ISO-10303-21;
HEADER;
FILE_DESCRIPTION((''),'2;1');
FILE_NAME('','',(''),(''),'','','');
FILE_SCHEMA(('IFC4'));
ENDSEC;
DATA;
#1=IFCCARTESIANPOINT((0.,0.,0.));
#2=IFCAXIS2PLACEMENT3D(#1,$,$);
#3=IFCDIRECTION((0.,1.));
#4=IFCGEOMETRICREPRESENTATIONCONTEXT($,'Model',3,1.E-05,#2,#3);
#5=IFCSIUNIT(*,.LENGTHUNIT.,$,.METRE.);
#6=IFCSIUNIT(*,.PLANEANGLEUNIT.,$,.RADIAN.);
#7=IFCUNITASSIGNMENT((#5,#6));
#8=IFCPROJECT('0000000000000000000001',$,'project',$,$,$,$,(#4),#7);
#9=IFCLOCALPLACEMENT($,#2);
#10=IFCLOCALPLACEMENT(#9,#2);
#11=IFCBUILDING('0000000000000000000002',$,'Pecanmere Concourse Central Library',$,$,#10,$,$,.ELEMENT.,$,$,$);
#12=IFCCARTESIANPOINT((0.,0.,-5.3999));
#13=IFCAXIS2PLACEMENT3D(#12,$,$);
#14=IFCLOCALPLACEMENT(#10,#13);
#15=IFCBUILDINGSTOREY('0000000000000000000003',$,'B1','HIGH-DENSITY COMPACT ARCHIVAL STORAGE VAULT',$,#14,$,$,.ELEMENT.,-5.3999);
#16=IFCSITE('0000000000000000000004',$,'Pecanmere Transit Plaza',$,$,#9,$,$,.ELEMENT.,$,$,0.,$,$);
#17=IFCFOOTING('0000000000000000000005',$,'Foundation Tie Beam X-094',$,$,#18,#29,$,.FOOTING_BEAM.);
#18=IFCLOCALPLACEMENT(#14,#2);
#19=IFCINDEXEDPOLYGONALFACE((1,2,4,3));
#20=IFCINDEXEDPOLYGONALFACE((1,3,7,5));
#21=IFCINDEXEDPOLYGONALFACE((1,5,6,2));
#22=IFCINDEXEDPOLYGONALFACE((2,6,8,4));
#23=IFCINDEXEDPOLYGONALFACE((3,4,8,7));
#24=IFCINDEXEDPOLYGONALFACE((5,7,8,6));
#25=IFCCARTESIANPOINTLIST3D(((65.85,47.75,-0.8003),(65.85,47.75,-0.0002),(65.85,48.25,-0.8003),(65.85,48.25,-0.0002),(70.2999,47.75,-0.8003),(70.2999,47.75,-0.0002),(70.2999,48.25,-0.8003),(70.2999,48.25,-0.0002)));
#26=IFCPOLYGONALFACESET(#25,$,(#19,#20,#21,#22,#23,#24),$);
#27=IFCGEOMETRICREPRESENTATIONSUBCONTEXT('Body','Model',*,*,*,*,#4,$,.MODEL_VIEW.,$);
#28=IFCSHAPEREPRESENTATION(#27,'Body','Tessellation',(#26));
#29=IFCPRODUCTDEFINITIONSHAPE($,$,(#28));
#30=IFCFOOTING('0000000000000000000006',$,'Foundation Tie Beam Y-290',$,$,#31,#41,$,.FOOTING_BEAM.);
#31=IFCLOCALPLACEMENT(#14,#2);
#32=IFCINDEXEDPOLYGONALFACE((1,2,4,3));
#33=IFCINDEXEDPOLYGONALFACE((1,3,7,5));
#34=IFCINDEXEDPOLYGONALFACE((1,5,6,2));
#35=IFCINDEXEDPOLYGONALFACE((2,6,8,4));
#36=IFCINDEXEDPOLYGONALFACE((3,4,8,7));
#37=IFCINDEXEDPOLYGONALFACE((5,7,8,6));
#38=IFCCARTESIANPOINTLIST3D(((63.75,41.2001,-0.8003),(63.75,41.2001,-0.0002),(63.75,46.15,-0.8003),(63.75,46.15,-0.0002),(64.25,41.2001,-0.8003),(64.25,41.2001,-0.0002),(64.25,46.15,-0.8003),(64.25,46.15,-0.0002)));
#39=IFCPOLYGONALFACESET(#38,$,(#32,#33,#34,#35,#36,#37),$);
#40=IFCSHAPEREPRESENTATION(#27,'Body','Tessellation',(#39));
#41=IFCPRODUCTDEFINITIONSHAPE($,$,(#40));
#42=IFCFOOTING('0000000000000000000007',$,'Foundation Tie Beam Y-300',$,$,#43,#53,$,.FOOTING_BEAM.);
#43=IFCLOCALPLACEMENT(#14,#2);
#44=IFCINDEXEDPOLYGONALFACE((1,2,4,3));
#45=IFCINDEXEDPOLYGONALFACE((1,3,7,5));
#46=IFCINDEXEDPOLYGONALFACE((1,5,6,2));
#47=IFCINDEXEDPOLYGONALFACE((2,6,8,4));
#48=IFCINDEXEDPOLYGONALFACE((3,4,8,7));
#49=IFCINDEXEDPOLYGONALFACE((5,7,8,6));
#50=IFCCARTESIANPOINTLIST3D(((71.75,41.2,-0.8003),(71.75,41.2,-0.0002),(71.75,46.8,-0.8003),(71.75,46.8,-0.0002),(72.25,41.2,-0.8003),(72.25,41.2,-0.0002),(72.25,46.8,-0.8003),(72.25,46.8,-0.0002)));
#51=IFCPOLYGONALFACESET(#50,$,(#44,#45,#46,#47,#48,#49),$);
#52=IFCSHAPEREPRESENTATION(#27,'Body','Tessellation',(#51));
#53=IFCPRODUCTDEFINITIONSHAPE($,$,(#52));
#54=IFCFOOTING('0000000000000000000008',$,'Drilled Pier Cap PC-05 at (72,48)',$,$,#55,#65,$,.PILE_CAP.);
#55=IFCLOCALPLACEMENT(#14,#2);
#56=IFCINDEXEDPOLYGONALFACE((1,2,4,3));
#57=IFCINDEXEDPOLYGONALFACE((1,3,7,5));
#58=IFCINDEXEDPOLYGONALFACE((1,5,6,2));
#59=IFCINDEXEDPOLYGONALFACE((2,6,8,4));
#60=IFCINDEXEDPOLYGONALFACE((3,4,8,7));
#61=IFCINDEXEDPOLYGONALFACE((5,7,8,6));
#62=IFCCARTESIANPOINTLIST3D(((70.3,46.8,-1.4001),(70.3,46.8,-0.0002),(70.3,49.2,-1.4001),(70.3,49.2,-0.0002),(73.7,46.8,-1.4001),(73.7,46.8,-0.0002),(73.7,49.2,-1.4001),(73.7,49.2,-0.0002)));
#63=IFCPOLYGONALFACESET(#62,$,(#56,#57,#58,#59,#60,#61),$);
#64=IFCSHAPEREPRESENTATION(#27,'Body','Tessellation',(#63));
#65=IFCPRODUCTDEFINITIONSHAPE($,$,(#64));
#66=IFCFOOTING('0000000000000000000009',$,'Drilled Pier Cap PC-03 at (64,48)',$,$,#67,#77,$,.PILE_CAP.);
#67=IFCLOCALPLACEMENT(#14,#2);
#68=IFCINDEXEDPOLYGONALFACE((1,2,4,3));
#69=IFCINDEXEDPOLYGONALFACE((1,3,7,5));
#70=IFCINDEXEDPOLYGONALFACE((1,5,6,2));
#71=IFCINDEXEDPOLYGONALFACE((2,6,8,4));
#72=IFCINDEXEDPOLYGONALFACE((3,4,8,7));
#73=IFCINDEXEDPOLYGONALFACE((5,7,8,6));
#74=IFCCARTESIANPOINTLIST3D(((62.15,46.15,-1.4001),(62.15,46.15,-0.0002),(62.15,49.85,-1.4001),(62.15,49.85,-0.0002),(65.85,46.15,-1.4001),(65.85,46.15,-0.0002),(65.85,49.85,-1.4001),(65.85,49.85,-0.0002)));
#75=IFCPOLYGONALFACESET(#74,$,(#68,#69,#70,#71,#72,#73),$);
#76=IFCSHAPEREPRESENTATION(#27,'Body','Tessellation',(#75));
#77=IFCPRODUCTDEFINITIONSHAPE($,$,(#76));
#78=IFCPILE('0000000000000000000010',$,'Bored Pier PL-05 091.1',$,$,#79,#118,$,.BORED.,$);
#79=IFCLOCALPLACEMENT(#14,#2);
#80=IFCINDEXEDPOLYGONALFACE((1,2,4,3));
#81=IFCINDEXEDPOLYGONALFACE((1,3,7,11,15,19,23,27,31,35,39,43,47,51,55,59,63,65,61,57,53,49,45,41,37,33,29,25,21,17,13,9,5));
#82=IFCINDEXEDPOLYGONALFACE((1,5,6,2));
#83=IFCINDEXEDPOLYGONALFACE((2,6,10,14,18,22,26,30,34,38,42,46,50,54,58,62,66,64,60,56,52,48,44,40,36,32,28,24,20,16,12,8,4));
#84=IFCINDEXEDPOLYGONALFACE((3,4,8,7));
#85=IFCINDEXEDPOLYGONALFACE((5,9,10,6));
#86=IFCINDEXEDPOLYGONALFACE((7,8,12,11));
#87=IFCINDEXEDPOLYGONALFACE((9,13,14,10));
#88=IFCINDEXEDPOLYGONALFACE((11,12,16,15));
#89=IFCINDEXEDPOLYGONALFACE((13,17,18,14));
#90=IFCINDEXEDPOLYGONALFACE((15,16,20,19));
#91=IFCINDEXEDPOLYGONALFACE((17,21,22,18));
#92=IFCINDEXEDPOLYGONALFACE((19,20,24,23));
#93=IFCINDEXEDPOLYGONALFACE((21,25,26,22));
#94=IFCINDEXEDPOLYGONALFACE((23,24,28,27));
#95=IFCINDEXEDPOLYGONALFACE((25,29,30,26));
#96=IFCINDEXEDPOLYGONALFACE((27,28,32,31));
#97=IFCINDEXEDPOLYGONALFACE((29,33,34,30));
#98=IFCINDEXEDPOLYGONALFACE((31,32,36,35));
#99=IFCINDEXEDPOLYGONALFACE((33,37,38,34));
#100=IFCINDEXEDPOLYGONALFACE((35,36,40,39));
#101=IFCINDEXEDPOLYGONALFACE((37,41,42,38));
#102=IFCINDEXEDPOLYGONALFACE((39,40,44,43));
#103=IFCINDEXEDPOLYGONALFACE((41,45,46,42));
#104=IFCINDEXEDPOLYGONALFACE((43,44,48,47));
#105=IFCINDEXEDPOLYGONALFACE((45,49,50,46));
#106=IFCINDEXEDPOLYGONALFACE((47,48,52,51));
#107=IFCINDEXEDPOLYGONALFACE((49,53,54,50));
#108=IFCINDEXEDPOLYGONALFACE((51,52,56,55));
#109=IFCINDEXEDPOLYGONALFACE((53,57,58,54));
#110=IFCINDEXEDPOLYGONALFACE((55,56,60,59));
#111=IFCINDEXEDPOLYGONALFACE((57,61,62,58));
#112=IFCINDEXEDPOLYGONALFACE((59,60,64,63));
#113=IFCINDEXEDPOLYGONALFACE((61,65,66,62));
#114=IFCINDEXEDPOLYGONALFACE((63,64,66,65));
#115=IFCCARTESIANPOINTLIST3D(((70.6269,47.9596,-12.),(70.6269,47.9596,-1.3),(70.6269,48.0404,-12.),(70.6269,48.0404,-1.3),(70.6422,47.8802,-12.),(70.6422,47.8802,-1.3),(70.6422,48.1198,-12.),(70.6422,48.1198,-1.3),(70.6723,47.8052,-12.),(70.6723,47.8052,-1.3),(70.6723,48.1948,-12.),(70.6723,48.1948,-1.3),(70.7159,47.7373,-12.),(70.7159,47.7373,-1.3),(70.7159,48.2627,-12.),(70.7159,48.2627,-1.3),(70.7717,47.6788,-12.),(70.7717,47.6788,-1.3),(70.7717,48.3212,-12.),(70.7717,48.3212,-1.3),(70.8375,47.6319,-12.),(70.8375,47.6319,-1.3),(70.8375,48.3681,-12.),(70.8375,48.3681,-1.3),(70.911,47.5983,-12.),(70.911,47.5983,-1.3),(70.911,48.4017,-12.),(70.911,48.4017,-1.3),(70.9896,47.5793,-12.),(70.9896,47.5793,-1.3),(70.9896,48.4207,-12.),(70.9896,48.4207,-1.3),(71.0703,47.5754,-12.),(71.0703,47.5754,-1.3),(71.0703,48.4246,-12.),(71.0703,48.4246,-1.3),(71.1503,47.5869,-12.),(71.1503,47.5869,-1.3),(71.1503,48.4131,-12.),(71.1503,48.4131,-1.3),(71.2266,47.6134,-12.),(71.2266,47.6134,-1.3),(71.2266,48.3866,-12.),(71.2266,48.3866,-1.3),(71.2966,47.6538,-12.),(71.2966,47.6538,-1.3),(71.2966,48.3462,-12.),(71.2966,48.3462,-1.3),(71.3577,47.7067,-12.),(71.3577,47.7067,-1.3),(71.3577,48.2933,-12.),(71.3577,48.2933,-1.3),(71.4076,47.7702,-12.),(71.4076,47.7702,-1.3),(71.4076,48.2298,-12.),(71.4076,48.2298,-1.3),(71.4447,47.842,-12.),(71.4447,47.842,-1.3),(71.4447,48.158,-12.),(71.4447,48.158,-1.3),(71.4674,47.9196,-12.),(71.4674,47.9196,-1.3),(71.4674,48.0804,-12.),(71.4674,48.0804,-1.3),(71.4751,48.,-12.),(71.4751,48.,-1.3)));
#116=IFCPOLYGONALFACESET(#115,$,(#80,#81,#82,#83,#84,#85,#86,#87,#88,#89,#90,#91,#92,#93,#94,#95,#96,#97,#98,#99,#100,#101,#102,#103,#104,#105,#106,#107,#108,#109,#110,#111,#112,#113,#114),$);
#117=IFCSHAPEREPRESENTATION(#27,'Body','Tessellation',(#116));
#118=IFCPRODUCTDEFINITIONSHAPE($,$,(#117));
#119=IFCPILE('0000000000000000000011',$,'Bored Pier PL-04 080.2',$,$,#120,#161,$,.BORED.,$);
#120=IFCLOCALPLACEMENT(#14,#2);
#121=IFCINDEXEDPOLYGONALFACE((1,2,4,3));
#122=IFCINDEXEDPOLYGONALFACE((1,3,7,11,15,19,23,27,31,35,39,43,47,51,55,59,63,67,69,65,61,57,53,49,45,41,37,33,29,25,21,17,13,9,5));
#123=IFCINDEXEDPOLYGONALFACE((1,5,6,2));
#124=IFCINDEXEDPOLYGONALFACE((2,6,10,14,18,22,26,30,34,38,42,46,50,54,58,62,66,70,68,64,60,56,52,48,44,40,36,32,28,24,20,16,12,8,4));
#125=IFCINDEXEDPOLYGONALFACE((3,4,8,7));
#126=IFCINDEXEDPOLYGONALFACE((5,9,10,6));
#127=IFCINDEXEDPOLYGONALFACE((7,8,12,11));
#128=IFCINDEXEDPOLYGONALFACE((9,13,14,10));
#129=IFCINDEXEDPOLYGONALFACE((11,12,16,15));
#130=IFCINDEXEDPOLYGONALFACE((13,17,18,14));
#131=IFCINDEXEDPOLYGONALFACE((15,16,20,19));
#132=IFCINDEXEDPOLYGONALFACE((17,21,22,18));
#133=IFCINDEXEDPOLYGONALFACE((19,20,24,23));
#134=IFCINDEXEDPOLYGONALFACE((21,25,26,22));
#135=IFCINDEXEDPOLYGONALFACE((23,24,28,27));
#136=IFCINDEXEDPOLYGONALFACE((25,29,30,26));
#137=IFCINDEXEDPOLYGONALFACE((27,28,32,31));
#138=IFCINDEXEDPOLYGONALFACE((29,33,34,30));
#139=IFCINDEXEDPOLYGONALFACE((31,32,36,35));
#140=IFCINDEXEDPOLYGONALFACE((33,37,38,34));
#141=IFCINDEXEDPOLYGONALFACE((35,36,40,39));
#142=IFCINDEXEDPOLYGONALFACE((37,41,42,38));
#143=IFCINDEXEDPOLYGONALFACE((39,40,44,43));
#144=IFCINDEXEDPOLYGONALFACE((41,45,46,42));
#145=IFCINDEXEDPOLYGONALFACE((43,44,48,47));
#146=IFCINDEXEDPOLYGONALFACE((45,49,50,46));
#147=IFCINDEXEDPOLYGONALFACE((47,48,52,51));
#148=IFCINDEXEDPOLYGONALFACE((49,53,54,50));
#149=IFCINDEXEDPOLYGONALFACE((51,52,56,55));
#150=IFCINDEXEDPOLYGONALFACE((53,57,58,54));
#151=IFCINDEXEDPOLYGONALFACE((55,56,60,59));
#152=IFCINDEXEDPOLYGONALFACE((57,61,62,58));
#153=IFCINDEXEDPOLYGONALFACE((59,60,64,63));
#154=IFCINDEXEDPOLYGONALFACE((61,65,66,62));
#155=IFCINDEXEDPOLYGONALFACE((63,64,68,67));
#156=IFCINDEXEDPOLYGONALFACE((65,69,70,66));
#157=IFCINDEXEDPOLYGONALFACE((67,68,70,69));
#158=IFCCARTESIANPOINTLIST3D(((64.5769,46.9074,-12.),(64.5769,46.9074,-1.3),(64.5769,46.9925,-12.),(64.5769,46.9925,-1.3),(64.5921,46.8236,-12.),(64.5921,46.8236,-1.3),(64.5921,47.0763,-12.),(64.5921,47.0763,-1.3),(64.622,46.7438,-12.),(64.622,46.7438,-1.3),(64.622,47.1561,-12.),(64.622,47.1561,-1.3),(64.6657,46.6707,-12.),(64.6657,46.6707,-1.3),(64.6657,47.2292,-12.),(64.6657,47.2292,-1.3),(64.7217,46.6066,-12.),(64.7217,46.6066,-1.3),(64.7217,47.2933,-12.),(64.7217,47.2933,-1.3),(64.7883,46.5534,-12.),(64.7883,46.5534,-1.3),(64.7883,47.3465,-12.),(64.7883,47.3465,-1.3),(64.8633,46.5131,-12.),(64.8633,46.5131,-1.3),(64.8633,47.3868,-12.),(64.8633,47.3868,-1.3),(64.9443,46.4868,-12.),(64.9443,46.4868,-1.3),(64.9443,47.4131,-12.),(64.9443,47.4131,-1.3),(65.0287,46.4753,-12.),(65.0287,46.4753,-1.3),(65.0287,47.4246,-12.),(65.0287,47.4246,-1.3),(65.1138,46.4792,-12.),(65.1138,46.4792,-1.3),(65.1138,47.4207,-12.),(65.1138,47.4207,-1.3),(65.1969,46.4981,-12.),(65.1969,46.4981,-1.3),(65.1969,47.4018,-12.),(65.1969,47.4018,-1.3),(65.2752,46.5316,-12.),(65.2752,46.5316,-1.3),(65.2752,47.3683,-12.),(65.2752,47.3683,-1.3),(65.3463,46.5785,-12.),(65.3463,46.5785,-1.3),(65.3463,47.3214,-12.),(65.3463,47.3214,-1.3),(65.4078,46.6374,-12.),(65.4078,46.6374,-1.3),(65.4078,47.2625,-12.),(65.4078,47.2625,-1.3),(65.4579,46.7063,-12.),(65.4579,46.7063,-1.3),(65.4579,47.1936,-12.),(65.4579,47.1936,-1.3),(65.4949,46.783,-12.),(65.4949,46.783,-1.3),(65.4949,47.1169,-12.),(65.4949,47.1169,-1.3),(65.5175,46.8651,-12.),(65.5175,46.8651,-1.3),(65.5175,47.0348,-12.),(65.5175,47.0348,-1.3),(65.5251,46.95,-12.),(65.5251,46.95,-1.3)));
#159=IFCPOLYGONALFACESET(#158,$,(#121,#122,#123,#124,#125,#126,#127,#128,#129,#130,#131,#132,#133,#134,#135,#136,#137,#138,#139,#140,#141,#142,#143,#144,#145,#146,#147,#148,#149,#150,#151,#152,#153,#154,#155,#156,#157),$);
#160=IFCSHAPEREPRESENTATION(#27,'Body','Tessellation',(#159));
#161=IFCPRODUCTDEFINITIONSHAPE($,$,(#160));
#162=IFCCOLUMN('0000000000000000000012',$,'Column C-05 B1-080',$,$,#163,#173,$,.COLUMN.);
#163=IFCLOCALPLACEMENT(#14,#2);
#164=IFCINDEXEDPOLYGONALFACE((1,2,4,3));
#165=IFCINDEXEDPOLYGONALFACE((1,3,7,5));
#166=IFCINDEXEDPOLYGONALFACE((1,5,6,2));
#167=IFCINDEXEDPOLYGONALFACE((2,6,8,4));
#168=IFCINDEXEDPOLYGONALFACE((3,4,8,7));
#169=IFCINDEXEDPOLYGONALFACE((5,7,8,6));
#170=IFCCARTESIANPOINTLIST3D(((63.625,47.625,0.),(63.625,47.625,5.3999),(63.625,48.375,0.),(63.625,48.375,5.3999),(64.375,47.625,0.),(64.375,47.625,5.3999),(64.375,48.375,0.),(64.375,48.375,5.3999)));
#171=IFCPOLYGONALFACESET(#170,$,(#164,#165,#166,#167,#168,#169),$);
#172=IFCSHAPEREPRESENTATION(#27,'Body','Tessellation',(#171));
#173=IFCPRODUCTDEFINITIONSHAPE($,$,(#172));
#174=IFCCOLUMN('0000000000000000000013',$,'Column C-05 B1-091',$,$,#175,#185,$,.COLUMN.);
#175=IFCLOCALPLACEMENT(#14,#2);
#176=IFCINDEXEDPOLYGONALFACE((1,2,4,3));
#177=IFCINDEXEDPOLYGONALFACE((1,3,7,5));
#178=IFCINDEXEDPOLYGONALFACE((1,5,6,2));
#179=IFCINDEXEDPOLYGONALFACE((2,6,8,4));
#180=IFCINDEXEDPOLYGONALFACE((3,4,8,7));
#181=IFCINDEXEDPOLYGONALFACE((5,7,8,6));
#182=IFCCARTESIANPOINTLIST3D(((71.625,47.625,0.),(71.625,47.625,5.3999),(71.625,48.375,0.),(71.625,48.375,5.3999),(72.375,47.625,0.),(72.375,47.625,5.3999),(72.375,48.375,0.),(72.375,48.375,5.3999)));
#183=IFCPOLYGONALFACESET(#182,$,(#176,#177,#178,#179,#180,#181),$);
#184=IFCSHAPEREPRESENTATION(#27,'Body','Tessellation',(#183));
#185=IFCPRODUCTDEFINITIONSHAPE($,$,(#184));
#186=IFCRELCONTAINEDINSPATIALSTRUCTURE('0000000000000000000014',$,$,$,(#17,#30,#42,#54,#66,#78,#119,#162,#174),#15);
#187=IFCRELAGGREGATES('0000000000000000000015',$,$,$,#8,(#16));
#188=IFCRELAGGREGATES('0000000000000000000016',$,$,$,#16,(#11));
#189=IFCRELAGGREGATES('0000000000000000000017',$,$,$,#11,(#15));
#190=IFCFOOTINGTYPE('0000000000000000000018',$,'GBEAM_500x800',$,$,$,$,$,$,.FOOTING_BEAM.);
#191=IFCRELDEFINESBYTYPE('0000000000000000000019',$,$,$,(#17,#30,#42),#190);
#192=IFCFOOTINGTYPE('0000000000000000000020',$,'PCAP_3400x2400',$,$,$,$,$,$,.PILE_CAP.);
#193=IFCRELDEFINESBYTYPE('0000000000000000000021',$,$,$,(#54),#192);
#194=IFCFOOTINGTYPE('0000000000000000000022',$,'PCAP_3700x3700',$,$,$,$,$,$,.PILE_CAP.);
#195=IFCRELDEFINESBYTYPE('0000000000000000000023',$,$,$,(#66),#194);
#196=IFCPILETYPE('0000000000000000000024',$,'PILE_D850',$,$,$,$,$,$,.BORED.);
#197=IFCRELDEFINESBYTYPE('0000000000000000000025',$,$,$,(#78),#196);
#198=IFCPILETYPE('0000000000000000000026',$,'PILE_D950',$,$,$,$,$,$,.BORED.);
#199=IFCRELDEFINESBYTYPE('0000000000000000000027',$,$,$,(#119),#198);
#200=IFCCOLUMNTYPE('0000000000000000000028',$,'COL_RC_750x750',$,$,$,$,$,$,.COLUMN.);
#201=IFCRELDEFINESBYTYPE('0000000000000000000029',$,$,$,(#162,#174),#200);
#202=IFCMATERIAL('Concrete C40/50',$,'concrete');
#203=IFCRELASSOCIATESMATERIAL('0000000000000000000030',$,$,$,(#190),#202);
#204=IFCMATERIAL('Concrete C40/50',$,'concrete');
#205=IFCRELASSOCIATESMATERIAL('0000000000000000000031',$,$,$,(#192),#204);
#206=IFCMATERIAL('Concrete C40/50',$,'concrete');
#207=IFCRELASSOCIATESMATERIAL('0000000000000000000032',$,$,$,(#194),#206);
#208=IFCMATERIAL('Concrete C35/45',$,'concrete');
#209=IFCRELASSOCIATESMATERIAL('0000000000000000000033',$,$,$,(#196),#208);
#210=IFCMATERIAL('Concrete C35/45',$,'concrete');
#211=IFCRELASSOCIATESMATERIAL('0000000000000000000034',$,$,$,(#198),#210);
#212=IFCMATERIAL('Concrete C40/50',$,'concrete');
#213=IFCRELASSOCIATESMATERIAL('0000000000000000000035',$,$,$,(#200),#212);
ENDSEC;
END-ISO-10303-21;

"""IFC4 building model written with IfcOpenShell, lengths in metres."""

from ifc_helpers import new_model, si_unit, direction, frame, origin, origin_2d, place, context, subcontext, project, spatial, rectangle, circle, extrude, material, material_profile, profile_set, type_object, element, save


model = new_model("IFC4")

# Units and contexts
model_context = context("Model", 3, precision=1e-05, world=origin(), true_north=direction((0.0, 1.0)))
body_context = subcontext(model_context, "Body", "Model", "MODEL_VIEW")
ifc_project = project(units=[si_unit("LENGTHUNIT", "METRE"), si_unit("PLANEANGLEUNIT", "RADIAN")], contexts=[model_context])

# Site, building, storey
site_placement = place(None, origin())
site = spatial("IfcSite", under=ifc_project, at=site_placement, Name="Pecanmere Transit Plaza", CompositionType="ELEMENT", RefElevation=0.0)
building_placement = place(site_placement, origin())
building = spatial("IfcBuilding", under=site, at=building_placement, Name="Pecanmere Concourse Central Library", CompositionType="ELEMENT")
storey_placement = place(building_placement, frame((0.0, 0.0, -5.3999)))
storey = spatial("IfcBuildingStorey", under=building, at=storey_placement, Name="B1", Description="HIGH-DENSITY COMPACT ARCHIVAL STORAGE VAULT", CompositionType="ELEMENT", Elevation=-5.3999)

# Footings
ifc_material_1 = material(Name="Concrete C40/50", Category="concrete")
ifc_material_profile_1 = material_profile(ifc_material_1, rectangle(XDim=0.5, YDim=0.8, at=origin_2d()), Name="RC 500x800")
ifc_profile_set_1 = profile_set([ifc_material_profile_1], Name="Concrete C40/50")
footing_type_1 = type_object("IfcFootingType", Name="GBEAM_500x800", PredefinedType="FOOTING_BEAM", material=ifc_profile_set_1)
footing_1_placement = place(storey_placement, frame((68.075, 48.0, -0.8003), z_axis=(0.0, 0.0, 1.0), x_axis=(1.0, 0.0, 0.0)))
element("IfcFooting", 1, at=footing_1_placement, inside=storey, type_object=footing_type_1, Name="Foundation Tie Beam X-094", PredefinedType="FOOTING_BEAM", context=body_context, shape_type="SweptSolid", body=[
    extrude(rectangle(XDim=4.45, YDim=0.5, at=origin_2d()), origin(), (0.0, 0.0, 1.0), 0.8),
])
footing_2_placement = place(storey_placement, frame((64.0, 43.675, -0.8003), z_axis=(0.0, 0.0, 1.0), x_axis=(0.0, 1.0, 0.0)))
element("IfcFooting", 2, at=footing_2_placement, inside=storey, type_object=footing_type_1, Name="Foundation Tie Beam Y-290", PredefinedType="FOOTING_BEAM", context=body_context, shape_type="SweptSolid", body=[
    extrude(rectangle(XDim=4.95, YDim=0.5, at=origin_2d()), origin(), (0.0, 0.0, 1.0), 0.8),
])
footing_3_placement = place(storey_placement, frame((72.0, 44.0, -0.8003), z_axis=(0.0, 0.0, 1.0), x_axis=(0.0, 1.0, 0.0)))
element("IfcFooting", 3, at=footing_3_placement, inside=storey, type_object=footing_type_1, Name="Foundation Tie Beam Y-300", PredefinedType="FOOTING_BEAM", context=body_context, shape_type="SweptSolid", body=[
    extrude(rectangle(XDim=5.6001, YDim=0.5, at=origin_2d()), origin(), (0.0, 0.0, 1.0), 0.8),
])
ifc_material_2 = material(Name="Concrete C40/50", Category="concrete")
footing_type_2 = type_object("IfcFootingType", Name="PCAP_3400x2400", PredefinedType="PILE_CAP", material=ifc_material_2)
footing_4_placement = place(storey_placement, frame((72.0, 48.0, -1.4001), z_axis=(0.0, 0.0, 1.0), x_axis=(1.0, 0.0, 0.0)))
element("IfcFooting", 4, at=footing_4_placement, inside=storey, type_object=footing_type_2, Name="Drilled Pier Cap PC-05 at (72,48)", PredefinedType="PILE_CAP", context=body_context, shape_type="SweptSolid", body=[
    extrude(rectangle(XDim=3.3999, YDim=2.3999, at=origin_2d()), origin(), (0.0, 0.0, 1.0), 1.3999),
])
ifc_material_3 = material(Name="Concrete C40/50", Category="concrete")
footing_type_3 = type_object("IfcFootingType", Name="PCAP_3700x3700", PredefinedType="PILE_CAP", material=ifc_material_3)
footing_5_placement = place(storey_placement, frame((64.0, 48.0, -1.4001), z_axis=(0.0, 0.0, 1.0), x_axis=(1.0, 0.0, 0.0)))
element("IfcFooting", 5, at=footing_5_placement, inside=storey, type_object=footing_type_3, Name="Drilled Pier Cap PC-03 at (64,48)", PredefinedType="PILE_CAP", context=body_context, shape_type="SweptSolid", body=[
    extrude(rectangle(XDim=3.7, YDim=3.7, at=origin_2d()), origin(), (0.0, 0.0, 1.0), 1.3999),
])

# Piles
ifc_material_4 = material(Name="Concrete C35/45", Category="concrete")
ifc_material_profile_2 = material_profile(ifc_material_4, circle(Radius=0.425, at=origin_2d()), Name="PIER D850")
ifc_profile_set_2 = profile_set([ifc_material_profile_2], Name="Concrete C35/45")
pile_type_1 = type_object("IfcPileType", Name="PILE_D850", PredefinedType="BORED", material=ifc_profile_set_2)
pile_1_placement = place(storey_placement, frame((71.05, 48.0, -1.3), z_axis=(0.0, 0.0, -1.0), x_axis=(1.0, 0.0, 0.0)))
element("IfcPile", 6, at=pile_1_placement, inside=storey, type_object=pile_type_1, Name="Bored Pier PL-05 091.1", PredefinedType="BORED", context=body_context, shape_type="SweptSolid", body=[
    extrude(circle(Radius=0.425, at=origin_2d()), origin(), (0.0, 0.0, 1.0), 10.7),
])
ifc_material_5 = material(Name="Concrete C35/45", Category="concrete")
ifc_material_profile_3 = material_profile(ifc_material_5, circle(Radius=0.4751, at=origin_2d()), Name="PIER D950")
ifc_profile_set_3 = profile_set([ifc_material_profile_3], Name="Concrete C35/45")
pile_type_2 = type_object("IfcPileType", Name="PILE_D950", PredefinedType="BORED", material=ifc_profile_set_3)
pile_2_placement = place(storey_placement, frame((65.05, 46.95, -1.3), z_axis=(0.0, 0.0, -1.0), x_axis=(1.0, 0.0, 0.0)))
element("IfcPile", 7, at=pile_2_placement, inside=storey, type_object=pile_type_2, Name="Bored Pier PL-04 080.2", PredefinedType="BORED", context=body_context, shape_type="SweptSolid", body=[
    extrude(circle(Radius=0.4751, at=origin_2d()), origin(), (0.0, 0.0, 1.0), 10.7),
])

# Columns
ifc_material_6 = material(Name="Concrete C40/50", Category="concrete")
ifc_material_profile_4 = material_profile(ifc_material_6, rectangle(XDim=0.75, YDim=0.75, at=origin_2d()), Name="RC 750x750")
ifc_profile_set_4 = profile_set([ifc_material_profile_4], Name="Concrete C40/50")
column_type = type_object("IfcColumnType", Name="COL_RC_750x750", PredefinedType="COLUMN", material=ifc_profile_set_4)
for number, where, z_axis, x_axis, name in (
    (8, (64.0, 48.0, 0.0), (0.0, 0.0, 1.0), (1.0, 0.0, 0.0), "Column C-05 B1-080"),
    (9, (72.0, 48.0, 0.0), (0.0, 0.0, 1.0), (1.0, 0.0, 0.0), "Column C-05 B1-091"),
):
    element("IfcColumn", number, at=place(storey_placement, frame(where, z_axis=z_axis, x_axis=x_axis)), inside=storey, type_object=column_type, Name=name, PredefinedType="COLUMN", context=body_context, shape_type="SweptSolid", body=[
        extrude(rectangle(XDim=0.75, YDim=0.75, at=origin_2d()), origin(), (0.0, 0.0, 1.0), 5.3999),
    ])

save(model, "model.ifc")
